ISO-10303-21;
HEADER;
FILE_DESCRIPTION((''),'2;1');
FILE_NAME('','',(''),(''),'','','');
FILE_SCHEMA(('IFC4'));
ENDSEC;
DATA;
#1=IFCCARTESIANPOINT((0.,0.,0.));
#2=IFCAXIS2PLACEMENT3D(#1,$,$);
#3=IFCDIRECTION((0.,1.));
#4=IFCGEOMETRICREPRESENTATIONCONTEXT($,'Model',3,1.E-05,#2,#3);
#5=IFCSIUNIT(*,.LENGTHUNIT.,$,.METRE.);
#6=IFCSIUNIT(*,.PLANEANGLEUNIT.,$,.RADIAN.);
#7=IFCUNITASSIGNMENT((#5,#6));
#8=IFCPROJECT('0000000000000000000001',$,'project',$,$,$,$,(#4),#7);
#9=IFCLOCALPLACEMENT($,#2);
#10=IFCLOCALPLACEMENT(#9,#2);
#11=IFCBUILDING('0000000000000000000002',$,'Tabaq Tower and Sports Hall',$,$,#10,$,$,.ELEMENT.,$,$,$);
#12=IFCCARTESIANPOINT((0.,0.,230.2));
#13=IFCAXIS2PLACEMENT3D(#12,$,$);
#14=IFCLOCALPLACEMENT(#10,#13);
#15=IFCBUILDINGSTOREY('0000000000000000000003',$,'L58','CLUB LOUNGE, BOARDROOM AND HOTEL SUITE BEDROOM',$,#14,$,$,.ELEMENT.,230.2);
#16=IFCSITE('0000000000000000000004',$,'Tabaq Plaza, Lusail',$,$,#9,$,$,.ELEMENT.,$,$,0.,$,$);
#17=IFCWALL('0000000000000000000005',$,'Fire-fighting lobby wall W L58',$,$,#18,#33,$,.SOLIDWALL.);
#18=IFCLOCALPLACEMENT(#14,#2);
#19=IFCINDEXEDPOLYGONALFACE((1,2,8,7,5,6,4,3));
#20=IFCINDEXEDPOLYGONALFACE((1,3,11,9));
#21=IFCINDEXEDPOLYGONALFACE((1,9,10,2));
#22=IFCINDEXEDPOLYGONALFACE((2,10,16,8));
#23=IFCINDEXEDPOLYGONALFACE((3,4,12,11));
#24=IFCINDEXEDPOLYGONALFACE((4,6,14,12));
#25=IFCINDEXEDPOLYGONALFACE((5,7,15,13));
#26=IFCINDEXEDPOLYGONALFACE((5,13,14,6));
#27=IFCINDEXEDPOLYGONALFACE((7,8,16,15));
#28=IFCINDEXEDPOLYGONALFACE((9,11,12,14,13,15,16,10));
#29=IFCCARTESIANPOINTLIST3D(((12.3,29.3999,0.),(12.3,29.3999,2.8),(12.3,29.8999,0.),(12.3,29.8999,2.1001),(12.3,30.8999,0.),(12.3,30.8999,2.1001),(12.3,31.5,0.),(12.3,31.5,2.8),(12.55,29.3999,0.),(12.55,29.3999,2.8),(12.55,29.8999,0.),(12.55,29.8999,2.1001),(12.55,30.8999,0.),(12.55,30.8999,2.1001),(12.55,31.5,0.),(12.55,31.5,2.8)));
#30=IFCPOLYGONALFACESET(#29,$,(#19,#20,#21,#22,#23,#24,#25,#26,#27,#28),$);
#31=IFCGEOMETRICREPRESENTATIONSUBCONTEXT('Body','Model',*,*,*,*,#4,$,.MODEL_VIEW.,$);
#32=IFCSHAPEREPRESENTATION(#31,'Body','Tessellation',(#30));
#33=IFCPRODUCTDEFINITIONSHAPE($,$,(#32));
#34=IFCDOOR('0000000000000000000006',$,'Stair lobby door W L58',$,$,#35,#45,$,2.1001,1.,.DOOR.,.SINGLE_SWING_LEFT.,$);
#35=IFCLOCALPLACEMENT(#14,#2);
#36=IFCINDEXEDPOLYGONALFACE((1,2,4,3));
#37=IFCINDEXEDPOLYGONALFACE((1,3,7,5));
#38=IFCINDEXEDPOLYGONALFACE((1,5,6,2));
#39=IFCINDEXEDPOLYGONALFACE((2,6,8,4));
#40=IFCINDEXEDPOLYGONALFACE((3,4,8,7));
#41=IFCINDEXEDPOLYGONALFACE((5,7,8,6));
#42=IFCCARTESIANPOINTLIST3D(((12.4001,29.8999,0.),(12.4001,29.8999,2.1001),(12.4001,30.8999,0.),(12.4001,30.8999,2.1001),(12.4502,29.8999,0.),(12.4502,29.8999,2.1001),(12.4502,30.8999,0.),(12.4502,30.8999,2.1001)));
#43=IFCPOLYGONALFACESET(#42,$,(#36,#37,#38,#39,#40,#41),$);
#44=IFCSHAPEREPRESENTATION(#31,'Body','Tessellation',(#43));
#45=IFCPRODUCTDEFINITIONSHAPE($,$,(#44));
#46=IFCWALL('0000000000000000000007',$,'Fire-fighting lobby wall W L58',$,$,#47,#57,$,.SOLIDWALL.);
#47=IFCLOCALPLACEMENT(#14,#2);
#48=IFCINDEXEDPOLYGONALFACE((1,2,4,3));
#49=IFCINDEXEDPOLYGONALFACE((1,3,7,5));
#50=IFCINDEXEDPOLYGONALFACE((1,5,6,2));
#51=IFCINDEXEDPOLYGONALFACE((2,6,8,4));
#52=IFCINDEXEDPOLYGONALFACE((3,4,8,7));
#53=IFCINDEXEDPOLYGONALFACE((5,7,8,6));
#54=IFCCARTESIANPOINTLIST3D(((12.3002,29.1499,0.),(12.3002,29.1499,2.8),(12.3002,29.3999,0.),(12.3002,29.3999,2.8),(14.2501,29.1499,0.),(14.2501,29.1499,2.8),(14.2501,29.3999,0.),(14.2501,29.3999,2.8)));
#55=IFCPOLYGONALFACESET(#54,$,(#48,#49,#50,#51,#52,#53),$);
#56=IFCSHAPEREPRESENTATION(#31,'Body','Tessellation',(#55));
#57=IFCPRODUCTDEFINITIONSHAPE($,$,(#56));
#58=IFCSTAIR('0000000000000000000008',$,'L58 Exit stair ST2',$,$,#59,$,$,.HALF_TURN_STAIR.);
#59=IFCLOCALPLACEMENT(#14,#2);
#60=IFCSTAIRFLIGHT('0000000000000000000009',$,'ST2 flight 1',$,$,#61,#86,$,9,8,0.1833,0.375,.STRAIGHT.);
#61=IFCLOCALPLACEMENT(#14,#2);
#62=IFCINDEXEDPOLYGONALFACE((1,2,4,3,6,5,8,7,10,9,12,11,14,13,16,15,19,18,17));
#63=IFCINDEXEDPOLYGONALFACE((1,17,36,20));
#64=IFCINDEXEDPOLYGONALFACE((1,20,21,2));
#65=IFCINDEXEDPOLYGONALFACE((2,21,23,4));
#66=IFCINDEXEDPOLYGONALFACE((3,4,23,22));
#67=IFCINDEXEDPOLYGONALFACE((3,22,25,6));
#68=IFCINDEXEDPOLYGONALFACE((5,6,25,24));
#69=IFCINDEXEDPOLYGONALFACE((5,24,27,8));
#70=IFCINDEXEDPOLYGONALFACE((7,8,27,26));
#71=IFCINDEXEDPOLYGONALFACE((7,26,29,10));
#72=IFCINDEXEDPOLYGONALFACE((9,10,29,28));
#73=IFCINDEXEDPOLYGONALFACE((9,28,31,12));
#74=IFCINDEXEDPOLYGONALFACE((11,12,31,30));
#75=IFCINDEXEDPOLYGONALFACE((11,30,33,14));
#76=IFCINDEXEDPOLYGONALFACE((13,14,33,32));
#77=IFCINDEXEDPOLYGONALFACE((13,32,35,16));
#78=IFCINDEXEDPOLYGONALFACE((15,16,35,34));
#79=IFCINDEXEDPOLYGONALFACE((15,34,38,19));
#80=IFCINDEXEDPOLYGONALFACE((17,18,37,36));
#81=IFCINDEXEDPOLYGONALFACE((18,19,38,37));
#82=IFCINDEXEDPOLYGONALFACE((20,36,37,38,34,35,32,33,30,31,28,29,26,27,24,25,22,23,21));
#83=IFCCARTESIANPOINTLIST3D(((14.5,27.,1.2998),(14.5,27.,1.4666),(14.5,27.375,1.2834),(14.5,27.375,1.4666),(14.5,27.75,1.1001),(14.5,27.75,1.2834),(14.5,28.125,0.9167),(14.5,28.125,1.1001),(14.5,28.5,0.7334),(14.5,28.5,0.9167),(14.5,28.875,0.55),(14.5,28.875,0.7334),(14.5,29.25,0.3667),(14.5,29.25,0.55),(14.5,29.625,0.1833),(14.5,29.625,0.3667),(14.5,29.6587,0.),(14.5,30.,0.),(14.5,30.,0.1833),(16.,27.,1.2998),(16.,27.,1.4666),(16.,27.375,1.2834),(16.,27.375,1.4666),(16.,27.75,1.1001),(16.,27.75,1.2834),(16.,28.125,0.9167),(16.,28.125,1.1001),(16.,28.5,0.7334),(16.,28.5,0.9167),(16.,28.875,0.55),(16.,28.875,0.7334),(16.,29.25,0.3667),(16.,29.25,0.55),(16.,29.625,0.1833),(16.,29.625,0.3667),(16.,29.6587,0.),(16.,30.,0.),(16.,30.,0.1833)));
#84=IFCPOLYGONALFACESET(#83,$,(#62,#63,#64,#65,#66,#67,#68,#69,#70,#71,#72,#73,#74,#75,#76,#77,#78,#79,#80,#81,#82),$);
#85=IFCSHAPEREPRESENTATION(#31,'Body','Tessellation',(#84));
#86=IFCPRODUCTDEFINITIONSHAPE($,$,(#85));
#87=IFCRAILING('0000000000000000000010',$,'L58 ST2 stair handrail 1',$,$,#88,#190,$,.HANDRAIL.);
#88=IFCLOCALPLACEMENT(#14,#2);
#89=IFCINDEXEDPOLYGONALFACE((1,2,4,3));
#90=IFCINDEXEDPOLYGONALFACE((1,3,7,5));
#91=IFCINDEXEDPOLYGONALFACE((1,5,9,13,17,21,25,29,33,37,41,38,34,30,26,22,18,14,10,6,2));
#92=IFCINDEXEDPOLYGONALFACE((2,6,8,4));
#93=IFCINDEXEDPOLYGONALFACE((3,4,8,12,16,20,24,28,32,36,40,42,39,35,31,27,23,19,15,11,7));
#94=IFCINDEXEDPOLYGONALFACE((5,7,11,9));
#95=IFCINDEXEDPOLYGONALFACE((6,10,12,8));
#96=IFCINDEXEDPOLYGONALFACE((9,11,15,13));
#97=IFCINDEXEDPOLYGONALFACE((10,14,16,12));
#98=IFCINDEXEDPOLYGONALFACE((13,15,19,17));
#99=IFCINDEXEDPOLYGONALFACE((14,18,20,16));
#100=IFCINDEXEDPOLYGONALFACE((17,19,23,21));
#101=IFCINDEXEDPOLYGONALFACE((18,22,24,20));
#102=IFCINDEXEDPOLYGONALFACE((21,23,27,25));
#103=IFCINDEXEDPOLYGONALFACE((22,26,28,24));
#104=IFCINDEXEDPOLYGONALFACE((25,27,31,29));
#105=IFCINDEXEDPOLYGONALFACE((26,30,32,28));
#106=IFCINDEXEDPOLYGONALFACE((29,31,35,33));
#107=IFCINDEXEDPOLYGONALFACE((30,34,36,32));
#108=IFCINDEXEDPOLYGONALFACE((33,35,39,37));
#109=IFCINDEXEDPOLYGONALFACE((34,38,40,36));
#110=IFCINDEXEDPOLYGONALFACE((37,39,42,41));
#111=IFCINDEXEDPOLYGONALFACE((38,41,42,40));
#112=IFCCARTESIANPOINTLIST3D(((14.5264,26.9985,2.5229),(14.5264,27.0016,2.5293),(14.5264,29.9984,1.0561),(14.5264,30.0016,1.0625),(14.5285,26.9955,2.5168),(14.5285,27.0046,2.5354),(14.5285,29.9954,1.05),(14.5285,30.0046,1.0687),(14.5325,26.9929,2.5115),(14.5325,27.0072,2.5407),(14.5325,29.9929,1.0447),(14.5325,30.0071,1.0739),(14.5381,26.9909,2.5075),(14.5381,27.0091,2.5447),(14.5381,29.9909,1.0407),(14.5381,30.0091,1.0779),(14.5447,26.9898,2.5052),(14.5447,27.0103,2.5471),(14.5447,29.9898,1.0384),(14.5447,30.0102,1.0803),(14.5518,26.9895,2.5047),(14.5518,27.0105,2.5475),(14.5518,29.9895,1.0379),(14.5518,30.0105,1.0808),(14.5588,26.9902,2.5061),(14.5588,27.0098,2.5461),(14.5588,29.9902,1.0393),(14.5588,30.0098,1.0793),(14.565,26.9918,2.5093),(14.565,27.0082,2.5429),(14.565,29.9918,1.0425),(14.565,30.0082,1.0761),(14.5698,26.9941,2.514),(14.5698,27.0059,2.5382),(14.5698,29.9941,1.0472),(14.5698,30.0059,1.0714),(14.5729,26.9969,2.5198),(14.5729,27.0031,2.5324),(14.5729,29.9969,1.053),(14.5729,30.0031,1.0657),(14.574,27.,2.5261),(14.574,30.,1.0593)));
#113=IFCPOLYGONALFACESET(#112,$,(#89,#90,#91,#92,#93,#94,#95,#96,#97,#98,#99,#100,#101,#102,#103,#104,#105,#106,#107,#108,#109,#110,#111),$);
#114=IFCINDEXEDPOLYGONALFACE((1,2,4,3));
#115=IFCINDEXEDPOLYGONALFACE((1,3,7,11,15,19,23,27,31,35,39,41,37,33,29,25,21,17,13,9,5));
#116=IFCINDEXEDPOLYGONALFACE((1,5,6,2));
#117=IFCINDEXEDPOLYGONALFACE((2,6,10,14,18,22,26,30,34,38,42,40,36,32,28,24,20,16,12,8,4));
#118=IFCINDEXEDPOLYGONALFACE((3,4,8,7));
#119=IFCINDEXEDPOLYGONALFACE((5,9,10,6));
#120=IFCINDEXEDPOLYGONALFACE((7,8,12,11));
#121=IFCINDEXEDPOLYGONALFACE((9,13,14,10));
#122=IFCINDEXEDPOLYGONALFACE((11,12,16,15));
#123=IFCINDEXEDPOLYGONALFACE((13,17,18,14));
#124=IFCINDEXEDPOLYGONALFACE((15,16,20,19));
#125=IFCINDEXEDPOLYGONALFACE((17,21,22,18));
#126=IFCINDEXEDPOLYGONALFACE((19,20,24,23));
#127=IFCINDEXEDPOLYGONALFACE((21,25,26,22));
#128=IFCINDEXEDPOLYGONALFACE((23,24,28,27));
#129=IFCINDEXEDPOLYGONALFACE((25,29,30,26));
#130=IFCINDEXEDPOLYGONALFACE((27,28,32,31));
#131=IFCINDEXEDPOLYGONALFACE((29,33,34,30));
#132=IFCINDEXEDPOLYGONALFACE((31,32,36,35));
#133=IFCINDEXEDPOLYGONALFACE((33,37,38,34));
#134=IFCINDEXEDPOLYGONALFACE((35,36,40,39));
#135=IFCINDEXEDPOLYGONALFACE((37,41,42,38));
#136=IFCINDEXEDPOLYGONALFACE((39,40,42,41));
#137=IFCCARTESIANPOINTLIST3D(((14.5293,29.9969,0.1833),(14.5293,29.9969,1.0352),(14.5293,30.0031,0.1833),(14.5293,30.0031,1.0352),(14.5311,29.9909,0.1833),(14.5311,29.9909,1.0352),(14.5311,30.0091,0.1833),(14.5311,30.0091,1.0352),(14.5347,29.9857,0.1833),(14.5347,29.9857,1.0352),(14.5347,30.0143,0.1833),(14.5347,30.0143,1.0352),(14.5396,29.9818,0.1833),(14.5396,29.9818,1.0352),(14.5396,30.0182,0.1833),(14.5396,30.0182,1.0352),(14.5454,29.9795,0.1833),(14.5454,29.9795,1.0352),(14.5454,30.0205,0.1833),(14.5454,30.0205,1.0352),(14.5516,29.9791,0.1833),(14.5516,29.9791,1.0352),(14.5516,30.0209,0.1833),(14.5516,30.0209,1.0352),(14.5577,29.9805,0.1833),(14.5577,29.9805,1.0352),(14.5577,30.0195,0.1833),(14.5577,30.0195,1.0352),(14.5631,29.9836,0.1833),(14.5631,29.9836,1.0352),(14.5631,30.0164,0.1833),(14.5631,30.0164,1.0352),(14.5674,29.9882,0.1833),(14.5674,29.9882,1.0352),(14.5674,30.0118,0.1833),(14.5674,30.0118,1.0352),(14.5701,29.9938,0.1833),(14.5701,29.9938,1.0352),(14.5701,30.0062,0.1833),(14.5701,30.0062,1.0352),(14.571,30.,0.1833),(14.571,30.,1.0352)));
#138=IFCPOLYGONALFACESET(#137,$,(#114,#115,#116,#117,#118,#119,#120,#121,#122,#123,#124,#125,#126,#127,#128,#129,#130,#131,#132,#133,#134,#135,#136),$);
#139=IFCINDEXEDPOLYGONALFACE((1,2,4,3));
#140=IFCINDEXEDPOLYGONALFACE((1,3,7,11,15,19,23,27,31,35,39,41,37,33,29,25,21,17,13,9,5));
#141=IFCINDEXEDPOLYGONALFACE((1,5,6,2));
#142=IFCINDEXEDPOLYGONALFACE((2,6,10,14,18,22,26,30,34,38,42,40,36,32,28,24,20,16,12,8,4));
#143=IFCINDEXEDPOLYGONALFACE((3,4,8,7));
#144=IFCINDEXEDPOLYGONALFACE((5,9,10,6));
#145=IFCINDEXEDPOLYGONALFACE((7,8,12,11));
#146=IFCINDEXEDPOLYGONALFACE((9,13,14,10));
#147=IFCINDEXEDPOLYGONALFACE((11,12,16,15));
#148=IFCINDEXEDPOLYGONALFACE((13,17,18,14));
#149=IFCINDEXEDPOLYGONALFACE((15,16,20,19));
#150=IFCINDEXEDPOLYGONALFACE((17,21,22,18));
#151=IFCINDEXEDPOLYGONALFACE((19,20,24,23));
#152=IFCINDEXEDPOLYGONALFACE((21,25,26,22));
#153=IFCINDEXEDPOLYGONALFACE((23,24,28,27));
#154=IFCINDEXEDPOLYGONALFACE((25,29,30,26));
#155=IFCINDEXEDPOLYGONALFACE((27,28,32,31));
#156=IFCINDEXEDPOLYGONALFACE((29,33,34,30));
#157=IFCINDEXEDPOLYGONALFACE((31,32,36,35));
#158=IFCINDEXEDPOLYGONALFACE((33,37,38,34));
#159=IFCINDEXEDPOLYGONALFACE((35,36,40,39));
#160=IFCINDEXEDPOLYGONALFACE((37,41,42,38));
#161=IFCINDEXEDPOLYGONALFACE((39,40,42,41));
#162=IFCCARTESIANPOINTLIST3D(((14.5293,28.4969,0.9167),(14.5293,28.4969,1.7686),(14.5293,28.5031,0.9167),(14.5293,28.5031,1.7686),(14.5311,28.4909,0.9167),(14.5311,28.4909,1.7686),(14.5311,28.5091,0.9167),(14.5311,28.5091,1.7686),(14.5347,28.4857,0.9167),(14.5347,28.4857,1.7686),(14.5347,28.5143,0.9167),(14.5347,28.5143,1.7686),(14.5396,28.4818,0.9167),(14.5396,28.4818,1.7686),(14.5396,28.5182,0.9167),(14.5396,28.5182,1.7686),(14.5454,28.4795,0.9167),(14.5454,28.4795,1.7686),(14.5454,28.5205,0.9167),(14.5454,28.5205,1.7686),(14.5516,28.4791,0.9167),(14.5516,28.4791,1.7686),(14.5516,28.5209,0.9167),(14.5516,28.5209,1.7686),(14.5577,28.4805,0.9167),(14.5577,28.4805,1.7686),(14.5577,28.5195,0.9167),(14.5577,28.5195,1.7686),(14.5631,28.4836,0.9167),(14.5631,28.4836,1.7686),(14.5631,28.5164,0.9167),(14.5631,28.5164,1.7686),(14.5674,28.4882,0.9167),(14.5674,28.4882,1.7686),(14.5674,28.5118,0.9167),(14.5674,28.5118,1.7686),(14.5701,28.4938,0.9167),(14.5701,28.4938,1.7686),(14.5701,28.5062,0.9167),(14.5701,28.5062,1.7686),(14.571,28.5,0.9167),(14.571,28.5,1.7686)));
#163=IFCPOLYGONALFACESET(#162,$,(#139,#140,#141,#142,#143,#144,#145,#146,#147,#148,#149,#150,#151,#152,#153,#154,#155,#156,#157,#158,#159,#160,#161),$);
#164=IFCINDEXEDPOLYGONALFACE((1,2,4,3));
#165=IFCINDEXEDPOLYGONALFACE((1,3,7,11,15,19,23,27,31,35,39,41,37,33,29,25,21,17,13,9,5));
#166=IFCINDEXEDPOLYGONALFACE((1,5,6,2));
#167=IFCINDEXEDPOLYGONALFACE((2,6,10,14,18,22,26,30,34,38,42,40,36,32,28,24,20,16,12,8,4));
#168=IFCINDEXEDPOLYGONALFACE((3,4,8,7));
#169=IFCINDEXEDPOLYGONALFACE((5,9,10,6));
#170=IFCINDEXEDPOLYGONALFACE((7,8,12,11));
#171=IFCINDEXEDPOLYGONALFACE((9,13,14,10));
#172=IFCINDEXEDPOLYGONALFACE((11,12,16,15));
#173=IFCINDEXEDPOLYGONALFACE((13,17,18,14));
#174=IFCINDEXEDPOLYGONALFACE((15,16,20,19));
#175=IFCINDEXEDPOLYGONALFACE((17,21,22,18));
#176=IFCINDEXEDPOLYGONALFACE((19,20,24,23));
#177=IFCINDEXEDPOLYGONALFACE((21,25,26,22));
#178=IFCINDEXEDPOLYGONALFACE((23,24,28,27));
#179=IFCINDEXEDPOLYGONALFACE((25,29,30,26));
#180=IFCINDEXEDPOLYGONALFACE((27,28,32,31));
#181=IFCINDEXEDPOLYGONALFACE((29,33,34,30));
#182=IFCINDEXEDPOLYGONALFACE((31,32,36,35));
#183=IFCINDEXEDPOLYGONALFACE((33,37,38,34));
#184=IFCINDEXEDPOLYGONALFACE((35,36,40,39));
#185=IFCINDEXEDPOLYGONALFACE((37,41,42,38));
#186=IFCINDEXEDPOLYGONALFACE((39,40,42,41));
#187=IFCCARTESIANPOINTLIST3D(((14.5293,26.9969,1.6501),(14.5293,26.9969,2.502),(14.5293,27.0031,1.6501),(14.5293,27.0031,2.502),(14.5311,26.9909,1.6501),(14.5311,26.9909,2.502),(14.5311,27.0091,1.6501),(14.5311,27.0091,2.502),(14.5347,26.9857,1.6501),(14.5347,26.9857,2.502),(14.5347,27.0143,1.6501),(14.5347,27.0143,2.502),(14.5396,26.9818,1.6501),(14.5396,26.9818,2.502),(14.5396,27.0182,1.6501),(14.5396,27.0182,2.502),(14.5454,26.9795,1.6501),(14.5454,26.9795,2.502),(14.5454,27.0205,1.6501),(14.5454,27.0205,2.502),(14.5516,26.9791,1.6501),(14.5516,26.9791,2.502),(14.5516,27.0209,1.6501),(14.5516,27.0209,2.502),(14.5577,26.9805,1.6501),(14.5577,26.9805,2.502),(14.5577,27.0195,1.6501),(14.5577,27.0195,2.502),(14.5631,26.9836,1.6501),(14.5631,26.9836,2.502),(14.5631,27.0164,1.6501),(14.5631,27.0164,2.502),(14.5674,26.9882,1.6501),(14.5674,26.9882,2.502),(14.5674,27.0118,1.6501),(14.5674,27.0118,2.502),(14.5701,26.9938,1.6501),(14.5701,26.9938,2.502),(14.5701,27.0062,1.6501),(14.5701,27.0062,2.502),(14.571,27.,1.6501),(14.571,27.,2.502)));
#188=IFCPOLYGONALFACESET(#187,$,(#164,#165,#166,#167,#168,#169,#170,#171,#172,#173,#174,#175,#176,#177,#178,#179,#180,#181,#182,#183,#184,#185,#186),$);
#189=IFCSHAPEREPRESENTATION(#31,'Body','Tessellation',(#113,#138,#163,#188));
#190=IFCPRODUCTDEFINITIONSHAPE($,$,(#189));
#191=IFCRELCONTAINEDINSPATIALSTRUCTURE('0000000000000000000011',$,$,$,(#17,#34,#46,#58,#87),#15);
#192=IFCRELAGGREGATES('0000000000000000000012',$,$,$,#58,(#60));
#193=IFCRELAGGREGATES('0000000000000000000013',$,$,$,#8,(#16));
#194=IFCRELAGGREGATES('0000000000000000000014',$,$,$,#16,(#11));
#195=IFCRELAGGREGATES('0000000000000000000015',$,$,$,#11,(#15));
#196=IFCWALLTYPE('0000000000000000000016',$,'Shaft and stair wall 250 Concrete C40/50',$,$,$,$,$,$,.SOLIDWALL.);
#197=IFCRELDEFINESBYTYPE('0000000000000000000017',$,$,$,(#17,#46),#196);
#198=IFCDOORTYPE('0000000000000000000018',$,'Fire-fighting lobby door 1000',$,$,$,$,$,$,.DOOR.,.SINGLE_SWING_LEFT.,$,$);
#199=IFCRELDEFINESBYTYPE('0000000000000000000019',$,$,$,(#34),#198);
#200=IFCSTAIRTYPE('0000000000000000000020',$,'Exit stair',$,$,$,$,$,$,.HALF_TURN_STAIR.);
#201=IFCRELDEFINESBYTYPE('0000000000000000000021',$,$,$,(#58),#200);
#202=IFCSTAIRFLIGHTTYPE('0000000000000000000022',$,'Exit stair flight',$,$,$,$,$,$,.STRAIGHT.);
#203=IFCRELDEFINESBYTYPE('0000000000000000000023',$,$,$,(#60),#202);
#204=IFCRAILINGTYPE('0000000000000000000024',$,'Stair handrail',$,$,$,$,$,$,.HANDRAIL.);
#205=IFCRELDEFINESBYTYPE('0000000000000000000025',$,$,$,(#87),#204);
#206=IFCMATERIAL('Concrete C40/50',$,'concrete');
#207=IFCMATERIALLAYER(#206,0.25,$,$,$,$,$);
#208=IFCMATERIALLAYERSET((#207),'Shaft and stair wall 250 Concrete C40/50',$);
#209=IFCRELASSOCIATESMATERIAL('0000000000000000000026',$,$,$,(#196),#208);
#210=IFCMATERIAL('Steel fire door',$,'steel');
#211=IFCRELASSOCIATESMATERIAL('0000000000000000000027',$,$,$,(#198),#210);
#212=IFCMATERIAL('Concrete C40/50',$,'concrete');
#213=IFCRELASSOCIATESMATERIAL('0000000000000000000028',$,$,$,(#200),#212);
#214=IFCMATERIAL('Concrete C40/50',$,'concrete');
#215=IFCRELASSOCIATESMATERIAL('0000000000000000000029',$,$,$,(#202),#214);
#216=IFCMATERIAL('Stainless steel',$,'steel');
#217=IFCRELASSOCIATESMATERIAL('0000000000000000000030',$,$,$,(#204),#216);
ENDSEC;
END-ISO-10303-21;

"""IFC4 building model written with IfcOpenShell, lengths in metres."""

from ifc_helpers import new_model, si_unit, direction, frame, frame_2d, origin, origin_2d, place, context, subcontext, project, spatial, polyline, rectangle, circle, outline, extrude, material, layer, layer_set, type_object, element, fill, aggregate, save


model = new_model("IFC4")

# Units and contexts
model_context = context("Model", 3, precision=1e-05, world=origin(), true_north=direction((0.0, 1.0)))
body_context = subcontext(model_context, "Body", "Model", "MODEL_VIEW")
ifc_project = project(units=[si_unit("LENGTHUNIT", "METRE"), si_unit("PLANEANGLEUNIT", "RADIAN")], contexts=[model_context])

# Site, building, storey
site_placement = place(None, origin())
site = spatial("IfcSite", under=ifc_project, at=site_placement, Name="Tabaq Plaza, Lusail", CompositionType="ELEMENT", RefElevation=0.0)
building_placement = place(site_placement, origin())
building = spatial("IfcBuilding", under=site, at=building_placement, Name="Tabaq Tower and Sports Hall", CompositionType="ELEMENT")
storey_placement = place(building_placement, frame((0.0, 0.0, 230.2)))
storey = spatial("IfcBuildingStorey", under=building, at=storey_placement, Name="L58", Description="CLUB LOUNGE, BOARDROOM AND HOTEL SUITE BEDROOM", CompositionType="ELEMENT", Elevation=230.2)

# Wall, opening, door
ifc_material_1 = material(Name="Concrete C40/50", Category="concrete")
ifc_layer_1 = layer(ifc_material_1, 0.25)
ifc_layer_set_1 = layer_set([ifc_layer_1], Name="Shaft and stair wall 250 Concrete C40/50")
wall_type_1 = type_object("IfcWallType", Name="Shaft and stair wall 250 Concrete C40/50", PredefinedType="SOLIDWALL", material=ifc_layer_set_1)
wall_1_placement = place(storey_placement, frame((12.425, 29.3999, 0.0), z_axis=(0.0, 0.0, 1.0), x_axis=(0.0, 1.0, 0.0)))
wall_1 = element("IfcWall", 1, at=wall_1_placement, inside=storey, type_object=wall_type_1, Name="Fire-fighting lobby wall W L58", PredefinedType="SOLIDWALL", context=body_context, shape_type="SweptSolid", body=[
    extrude(rectangle(XDim=2.1001, YDim=0.25, at=frame_2d((1.05, 0.0))), origin(), (0.0, 0.0, 1.0), 2.8),
])
opening_placement = place(wall_1_placement, frame((0.5, 0.0, 0.0)))
opening = element("IfcOpeningElement", 2, at=opening_placement, cuts=wall_1, PredefinedType="OPENING", context=body_context, shape_type="SweptSolid", body=[
    extrude(rectangle(XDim=1.0, YDim=2.1001, at=frame_2d((0.5, 1.05))), frame((0.0, 0.125, 0.0), z_axis=(0.0, -1.0, 0.0), x_axis=(1.0, 0.0, 0.0)), (0.0, 0.0, 1.0), 0.25),
])
ifc_material_2 = material(Name="Steel fire door", Category="steel")
door_type = type_object("IfcDoorType", Name="Fire-fighting lobby door 1000", OperationType="SINGLE_SWING_LEFT", PredefinedType="DOOR", material=ifc_material_2)
door_placement = place(opening_placement, origin())
door = element("IfcDoor", 3, at=door_placement, inside=storey, type_object=door_type, Name="Stair lobby door W L58", OperationType="SINGLE_SWING_LEFT", OverallHeight=2.1001, OverallWidth=1.0, PredefinedType="DOOR", context=body_context, shape_type="SweptSolid", body=[
    extrude(rectangle(XDim=1.0, YDim=2.1001, at=frame_2d((0.5, 1.05))), frame((0.0, 0.0249, 0.0), z_axis=(0.0, -1.0, 0.0), x_axis=(1.0, 0.0, 0.0)), (0.0, 0.0, 1.0), 0.05),
])
fill(opening, door)

# Wall
wall_2_placement = place(storey_placement, frame((12.3, 29.2749, 0.0), z_axis=(0.0, 0.0, 1.0), x_axis=(1.0, 0.0, 0.0)))
element("IfcWall", 4, at=wall_2_placement, inside=storey, type_object=wall_type_1, Name="Fire-fighting lobby wall W L58", PredefinedType="SOLIDWALL", context=body_context, shape_type="SweptSolid", body=[
    extrude(rectangle(XDim=1.95, YDim=0.25, at=frame_2d((0.9751, 0.0))), origin(), (0.0, 0.0, 1.0), 2.8),
])

# Stair, stair flight
ifc_material_3 = material(Name="Concrete C40/50", Category="concrete")
stair_type = type_object("IfcStairType", Name="Exit stair", PredefinedType="HALF_TURN_STAIR", material=ifc_material_3)
stair_placement = place(storey_placement, origin())
stair = element("IfcStair", 5, at=stair_placement, inside=storey, type_object=stair_type, Name="L58 Exit stair ST2", PredefinedType="HALF_TURN_STAIR")
ifc_material_4 = material(Name="Concrete C40/50", Category="concrete")
stair_flight_type = type_object("IfcStairFlightType", Name="Exit stair flight", PredefinedType="STRAIGHT", material=ifc_material_4)
stair_flight_placement = place(storey_placement, frame((15.25, 30.0, 0.0), z_axis=(0.0, 0.0, 1.0), x_axis=(0.0, -1.0, 0.0)))
stair_flight = element("IfcStairFlight", 6, at=stair_flight_placement, type_object=stair_flight_type, Name="ST2 flight 1", NumberOfRisers=9, NumberOfTreads=8, PredefinedType="STRAIGHT", RiserHeight=0.1833, TreadLength=0.375, context=body_context, shape_type="SweptSolid", body=[
    extrude(outline(polyline([(0.0, 0.0), (0.0, 0.1833), (0.375, 0.1833), (0.375, 0.3667), (0.75, 0.3667), (0.75, 0.55), (1.125, 0.55), (1.125, 0.7334), (1.5, 0.7334), (1.5, 0.9167), (1.875, 0.9167), (1.875, 1.1001), (2.25, 1.1001), (2.25, 1.2834), (2.625, 1.2834), (2.625, 1.4666), (3.0, 1.4666), (3.0, 1.6499), (3.0, 1.2998), (0.3413, 0.0), (0.0, 0.0)])), frame((0.0, 0.75, 0.0), z_axis=(0.0, -1.0, 0.0), x_axis=(1.0, 0.0, 0.0)), (0.0, 0.0, 1.0), 1.5),
])
aggregate(stair, [stair_flight])

# Railing
ifc_material_5 = material(Name="Stainless steel", Category="steel")
railing_type_1 = type_object("IfcRailingType", Name="Stair handrail", PredefinedType="HANDRAIL", material=ifc_material_5)
railing_1_placement = place(storey_placement, frame((14.55, 30.0, 0.1833)))
element("IfcRailing", 7, at=railing_1_placement, inside=storey, type_object=railing_type_1, Name="L58 ST2 stair handrail 1", PredefinedType="HANDRAIL", context=body_context, shape_type="SweptSolid", body=[
    extrude(circle(Radius=0.0239, at=origin_2d()), frame((0.0, 0.0, 0.876), z_axis=(0.0, -0.898369, 0.439242), x_axis=(1.0, 0.0, 0.0)), (0.0, 0.0, 1.0), 3.3394),
    extrude(circle(Radius=0.021, at=origin_2d()), origin(), (0.0, 0.0, 1.0), 0.8518),
    extrude(circle(Radius=0.021, at=origin_2d()), frame((0.0, -1.5, 0.7334)), (0.0, 0.0, 1.0), 0.8518),
    extrude(circle(Radius=0.021, at=origin_2d()), frame((0.0, -3.0, 1.4668)), (0.0, 0.0, 1.0), 0.8518),
])

save(model, "model.ifc")
